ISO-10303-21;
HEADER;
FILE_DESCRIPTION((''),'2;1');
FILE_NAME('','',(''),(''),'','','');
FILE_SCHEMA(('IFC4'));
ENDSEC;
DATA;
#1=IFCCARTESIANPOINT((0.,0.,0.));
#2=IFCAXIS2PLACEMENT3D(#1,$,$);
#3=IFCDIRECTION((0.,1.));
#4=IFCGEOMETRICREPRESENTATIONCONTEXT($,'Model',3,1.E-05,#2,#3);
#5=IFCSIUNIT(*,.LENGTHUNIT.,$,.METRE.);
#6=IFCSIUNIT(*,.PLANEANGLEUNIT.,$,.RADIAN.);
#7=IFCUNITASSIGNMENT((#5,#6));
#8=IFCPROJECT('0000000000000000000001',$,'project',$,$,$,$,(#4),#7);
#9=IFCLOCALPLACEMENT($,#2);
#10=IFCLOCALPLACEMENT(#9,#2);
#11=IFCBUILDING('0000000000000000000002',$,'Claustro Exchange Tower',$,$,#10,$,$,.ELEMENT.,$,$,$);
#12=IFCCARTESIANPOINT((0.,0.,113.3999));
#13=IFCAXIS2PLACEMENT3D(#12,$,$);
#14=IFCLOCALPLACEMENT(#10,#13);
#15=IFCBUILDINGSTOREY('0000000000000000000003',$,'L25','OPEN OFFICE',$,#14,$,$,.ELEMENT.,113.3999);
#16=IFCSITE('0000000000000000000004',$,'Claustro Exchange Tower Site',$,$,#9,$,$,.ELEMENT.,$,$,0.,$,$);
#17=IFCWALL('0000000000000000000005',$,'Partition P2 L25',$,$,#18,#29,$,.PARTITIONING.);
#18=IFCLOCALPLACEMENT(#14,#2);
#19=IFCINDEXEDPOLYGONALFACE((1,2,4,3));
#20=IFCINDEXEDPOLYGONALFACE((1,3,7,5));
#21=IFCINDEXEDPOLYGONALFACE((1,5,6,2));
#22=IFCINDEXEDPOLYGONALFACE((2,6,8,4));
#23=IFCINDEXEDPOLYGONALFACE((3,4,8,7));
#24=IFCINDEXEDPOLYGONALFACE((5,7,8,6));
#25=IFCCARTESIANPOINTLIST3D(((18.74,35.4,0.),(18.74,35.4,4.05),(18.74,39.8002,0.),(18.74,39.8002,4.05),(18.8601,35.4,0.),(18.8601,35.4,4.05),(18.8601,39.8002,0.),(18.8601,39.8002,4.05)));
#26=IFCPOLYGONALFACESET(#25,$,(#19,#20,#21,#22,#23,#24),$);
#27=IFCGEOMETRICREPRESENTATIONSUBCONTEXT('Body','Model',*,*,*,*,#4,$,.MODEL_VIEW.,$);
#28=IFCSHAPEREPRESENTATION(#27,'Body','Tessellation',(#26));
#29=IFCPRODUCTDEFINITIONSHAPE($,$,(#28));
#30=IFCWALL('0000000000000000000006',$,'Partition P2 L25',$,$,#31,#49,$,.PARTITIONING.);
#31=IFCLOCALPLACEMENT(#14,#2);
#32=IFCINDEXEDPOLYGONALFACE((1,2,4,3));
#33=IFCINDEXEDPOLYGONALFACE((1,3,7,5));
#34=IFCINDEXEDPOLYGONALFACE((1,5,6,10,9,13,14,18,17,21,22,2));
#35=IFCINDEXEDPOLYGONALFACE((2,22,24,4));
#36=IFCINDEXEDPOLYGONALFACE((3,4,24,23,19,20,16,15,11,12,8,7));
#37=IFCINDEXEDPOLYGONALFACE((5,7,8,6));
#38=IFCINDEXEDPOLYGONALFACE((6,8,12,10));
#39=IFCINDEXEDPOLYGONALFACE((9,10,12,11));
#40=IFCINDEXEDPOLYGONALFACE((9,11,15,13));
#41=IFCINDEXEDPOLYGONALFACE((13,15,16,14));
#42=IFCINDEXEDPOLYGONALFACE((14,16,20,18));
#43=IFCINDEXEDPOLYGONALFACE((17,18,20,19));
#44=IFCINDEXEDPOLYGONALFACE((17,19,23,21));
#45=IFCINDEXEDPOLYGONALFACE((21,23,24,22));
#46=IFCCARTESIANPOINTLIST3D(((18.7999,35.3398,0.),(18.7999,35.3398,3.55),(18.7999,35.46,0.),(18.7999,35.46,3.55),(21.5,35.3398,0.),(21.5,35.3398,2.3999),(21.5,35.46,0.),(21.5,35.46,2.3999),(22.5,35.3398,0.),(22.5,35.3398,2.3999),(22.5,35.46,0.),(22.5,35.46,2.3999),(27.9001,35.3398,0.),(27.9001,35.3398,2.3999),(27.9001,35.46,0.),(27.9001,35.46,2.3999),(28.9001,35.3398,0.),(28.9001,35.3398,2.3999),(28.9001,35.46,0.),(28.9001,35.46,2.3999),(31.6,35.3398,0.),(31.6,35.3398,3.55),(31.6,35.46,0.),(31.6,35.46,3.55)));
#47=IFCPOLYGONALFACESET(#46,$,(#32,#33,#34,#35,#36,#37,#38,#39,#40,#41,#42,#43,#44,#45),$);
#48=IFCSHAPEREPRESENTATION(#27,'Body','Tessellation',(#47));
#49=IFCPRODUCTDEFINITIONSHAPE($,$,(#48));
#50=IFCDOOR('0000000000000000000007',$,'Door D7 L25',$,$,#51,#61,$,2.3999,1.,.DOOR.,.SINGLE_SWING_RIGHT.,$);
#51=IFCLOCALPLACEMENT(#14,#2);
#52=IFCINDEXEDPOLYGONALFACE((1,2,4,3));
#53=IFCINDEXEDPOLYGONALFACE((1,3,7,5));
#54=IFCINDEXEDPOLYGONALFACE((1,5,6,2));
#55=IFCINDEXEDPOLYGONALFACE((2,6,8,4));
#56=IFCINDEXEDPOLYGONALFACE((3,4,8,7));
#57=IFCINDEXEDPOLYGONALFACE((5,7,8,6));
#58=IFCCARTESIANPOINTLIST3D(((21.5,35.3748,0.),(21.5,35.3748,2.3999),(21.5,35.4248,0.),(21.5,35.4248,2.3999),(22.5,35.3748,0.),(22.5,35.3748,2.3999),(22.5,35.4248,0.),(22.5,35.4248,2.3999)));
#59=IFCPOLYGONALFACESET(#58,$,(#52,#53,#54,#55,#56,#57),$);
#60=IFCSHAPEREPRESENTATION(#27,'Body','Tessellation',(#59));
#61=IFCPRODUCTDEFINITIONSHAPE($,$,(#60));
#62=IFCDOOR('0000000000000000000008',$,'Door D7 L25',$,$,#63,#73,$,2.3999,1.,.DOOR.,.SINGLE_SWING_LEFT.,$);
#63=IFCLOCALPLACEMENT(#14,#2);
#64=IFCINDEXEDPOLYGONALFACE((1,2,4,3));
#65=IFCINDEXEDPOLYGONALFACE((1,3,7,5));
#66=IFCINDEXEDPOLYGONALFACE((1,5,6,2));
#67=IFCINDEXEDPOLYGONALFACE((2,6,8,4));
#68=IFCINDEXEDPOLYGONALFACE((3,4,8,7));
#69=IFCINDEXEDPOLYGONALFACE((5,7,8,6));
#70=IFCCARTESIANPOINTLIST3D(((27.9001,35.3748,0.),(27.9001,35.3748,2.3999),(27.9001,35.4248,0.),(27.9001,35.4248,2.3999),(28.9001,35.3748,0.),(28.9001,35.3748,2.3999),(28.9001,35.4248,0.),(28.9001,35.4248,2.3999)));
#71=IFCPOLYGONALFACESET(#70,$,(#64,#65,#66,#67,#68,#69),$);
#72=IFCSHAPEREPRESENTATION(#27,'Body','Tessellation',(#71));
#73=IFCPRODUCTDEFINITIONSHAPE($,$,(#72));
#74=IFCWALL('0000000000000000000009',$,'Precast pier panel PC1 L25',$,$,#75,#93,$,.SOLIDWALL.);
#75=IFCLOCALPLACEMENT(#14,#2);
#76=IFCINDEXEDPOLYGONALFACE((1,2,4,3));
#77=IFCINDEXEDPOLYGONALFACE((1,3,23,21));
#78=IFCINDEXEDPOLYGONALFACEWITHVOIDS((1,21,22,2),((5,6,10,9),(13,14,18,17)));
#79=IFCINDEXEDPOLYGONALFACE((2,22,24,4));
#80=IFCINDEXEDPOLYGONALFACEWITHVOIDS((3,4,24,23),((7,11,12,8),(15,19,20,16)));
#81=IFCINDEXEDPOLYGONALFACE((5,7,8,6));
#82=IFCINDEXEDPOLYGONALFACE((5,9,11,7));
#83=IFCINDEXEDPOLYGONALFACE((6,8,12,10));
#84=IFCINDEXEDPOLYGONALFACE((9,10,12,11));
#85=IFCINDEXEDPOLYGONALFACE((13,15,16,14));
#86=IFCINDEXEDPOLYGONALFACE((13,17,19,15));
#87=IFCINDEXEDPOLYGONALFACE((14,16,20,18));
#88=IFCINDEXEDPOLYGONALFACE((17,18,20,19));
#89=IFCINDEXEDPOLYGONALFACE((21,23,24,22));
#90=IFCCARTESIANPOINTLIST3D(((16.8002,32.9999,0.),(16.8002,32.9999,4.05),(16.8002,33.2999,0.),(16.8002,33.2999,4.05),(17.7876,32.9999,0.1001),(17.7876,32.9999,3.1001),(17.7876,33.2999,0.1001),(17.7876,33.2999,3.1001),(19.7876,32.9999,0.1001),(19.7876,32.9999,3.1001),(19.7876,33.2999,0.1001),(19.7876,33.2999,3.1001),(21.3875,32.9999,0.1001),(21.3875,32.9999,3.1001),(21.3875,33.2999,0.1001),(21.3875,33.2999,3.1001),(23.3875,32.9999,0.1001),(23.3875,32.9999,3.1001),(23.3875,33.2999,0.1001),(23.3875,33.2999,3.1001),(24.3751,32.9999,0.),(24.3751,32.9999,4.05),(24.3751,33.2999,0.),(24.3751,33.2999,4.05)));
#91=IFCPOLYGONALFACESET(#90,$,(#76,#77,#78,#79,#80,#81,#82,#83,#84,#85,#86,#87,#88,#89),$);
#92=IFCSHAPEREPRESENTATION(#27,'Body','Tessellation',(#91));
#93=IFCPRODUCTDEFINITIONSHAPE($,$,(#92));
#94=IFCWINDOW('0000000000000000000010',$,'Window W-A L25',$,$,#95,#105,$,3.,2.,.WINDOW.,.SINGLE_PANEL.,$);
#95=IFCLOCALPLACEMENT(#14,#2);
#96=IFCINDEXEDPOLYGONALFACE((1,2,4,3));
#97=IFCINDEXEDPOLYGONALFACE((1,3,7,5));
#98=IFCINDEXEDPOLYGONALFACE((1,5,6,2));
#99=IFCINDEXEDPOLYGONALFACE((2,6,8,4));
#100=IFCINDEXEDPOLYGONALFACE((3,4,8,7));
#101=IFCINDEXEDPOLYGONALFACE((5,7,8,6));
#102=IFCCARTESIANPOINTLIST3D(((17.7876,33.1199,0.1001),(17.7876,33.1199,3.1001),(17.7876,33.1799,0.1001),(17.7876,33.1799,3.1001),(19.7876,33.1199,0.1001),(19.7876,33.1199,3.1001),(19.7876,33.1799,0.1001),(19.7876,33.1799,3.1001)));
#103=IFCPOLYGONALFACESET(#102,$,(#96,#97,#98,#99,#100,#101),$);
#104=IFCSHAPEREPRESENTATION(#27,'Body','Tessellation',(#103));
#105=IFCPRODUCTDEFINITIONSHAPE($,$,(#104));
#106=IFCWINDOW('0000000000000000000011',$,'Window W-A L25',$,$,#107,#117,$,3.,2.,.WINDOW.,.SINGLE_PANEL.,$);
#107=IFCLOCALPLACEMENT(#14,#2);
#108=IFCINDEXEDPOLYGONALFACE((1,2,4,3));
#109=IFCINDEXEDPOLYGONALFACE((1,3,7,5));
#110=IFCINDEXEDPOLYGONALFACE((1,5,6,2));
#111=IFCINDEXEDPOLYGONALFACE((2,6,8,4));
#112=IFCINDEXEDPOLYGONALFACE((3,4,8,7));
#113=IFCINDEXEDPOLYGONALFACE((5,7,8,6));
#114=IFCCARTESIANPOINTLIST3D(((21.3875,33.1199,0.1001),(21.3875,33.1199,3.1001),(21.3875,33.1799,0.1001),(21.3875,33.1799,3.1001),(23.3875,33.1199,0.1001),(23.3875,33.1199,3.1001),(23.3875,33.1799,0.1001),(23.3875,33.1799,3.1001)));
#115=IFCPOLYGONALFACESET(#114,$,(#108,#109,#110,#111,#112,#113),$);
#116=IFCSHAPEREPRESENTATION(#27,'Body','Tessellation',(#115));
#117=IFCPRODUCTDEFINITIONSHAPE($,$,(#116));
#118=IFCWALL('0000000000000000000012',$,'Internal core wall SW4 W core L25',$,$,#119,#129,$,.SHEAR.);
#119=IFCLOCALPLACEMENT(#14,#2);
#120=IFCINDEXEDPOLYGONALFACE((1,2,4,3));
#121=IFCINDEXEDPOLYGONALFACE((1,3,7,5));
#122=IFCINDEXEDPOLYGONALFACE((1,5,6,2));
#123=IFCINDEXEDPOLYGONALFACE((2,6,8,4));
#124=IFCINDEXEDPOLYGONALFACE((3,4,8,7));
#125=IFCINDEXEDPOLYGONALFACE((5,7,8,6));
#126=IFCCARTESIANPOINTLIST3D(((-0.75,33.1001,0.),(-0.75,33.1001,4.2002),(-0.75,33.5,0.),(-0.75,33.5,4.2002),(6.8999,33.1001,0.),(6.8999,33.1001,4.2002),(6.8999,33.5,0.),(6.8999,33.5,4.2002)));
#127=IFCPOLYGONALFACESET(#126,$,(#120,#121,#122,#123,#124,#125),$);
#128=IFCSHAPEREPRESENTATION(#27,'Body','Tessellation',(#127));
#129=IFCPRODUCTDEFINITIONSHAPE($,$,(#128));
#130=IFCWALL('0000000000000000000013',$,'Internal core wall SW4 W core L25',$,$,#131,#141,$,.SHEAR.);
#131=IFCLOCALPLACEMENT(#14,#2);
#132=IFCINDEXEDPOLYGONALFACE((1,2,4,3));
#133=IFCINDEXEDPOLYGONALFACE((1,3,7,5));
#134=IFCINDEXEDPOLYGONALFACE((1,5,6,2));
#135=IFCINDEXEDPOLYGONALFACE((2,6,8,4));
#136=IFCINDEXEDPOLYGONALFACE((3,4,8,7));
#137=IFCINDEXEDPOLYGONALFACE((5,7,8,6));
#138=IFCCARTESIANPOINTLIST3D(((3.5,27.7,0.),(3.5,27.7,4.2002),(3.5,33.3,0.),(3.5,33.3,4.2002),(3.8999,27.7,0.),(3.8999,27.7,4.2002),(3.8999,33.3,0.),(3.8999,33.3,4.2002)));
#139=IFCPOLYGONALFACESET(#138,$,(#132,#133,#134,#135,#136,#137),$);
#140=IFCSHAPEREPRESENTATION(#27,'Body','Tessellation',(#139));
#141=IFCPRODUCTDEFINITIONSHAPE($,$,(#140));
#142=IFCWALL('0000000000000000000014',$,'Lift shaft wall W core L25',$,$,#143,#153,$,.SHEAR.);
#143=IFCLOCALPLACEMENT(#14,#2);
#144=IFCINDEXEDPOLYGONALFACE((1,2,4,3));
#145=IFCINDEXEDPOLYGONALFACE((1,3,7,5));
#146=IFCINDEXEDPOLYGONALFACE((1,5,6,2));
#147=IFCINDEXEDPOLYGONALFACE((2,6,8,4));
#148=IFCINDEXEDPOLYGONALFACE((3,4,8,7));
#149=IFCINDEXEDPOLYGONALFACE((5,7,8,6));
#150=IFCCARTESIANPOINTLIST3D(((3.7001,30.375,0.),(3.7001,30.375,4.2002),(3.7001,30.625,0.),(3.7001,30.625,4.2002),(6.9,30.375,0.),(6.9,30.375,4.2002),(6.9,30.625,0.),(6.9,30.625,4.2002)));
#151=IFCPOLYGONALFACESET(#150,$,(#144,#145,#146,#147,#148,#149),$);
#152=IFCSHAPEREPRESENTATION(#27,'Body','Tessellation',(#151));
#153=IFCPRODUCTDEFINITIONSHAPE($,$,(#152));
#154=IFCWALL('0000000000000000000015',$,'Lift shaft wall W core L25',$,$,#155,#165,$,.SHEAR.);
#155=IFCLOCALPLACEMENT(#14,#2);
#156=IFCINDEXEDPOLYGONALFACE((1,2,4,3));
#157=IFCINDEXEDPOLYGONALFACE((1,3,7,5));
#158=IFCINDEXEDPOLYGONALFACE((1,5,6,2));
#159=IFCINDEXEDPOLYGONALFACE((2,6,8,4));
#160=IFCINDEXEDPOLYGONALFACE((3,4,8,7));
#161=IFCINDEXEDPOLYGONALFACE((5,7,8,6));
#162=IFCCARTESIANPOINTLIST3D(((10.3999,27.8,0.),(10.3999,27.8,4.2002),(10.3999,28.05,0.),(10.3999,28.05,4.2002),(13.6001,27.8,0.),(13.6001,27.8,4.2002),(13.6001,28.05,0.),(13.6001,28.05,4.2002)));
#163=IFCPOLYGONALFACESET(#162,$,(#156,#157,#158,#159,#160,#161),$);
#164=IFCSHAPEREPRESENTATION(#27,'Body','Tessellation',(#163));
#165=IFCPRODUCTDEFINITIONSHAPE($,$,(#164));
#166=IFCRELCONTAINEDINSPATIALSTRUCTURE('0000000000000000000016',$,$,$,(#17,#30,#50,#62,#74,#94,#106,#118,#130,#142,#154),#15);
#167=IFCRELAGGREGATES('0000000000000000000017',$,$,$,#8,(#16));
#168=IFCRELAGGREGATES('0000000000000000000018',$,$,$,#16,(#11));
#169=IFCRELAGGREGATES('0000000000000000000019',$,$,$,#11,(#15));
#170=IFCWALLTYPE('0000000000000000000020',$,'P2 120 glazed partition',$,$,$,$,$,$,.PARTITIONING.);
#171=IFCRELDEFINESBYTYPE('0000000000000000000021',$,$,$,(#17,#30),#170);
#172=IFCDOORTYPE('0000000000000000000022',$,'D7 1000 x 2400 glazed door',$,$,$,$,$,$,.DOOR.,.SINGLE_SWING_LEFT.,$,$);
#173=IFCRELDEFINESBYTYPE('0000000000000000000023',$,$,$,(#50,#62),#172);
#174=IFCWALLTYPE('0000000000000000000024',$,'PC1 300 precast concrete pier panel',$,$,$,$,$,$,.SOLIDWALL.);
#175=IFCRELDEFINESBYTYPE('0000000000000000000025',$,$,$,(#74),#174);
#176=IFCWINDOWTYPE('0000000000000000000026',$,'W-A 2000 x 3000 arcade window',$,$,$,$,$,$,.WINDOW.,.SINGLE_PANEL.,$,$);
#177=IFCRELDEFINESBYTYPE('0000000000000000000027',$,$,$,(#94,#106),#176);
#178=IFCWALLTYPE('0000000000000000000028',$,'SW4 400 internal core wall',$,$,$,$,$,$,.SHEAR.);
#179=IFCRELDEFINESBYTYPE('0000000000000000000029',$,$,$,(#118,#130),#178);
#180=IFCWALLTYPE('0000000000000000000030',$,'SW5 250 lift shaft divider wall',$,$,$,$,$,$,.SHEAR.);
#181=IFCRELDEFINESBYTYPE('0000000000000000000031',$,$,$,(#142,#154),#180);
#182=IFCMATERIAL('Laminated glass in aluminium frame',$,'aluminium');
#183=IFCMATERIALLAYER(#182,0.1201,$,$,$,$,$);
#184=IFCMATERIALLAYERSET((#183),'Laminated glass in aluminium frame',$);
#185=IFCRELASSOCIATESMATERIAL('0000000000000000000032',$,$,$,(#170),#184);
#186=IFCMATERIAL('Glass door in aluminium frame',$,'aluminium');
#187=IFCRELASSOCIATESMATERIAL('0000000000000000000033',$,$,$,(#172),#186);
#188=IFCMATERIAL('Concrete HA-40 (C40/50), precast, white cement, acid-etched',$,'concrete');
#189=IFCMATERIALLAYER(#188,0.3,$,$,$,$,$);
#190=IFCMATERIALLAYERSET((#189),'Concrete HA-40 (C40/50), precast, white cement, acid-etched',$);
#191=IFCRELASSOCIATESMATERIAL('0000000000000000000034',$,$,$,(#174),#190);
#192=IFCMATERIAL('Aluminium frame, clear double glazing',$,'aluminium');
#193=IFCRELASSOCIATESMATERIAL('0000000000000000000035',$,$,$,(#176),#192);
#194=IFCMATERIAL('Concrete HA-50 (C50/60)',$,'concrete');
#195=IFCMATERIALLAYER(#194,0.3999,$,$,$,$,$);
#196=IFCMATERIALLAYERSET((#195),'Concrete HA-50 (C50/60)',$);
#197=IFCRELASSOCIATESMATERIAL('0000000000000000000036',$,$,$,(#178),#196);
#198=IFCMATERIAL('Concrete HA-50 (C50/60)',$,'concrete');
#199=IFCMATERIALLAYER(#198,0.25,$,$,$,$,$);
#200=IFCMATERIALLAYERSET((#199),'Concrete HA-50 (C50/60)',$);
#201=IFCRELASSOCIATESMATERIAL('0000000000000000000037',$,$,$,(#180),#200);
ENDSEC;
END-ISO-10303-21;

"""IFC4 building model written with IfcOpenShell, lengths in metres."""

from ifc_helpers import new_model, si_unit, direction, frame, frame_2d, origin, place, context, subcontext, project, spatial, rectangle, extrude, material, layer, layer_set, type_object, element, fill, save


model = new_model("IFC4")

# Units and contexts
model_context = context("Model", 3, precision=1e-05, world=origin(), true_north=direction((0.0, 1.0)))
body_context = subcontext(model_context, "Body", "Model", "MODEL_VIEW")
ifc_project = project(units=[si_unit("LENGTHUNIT", "METRE"), si_unit("PLANEANGLEUNIT", "RADIAN")], contexts=[model_context])

# Site, building, storey
site_placement = place(None, origin())
site = spatial("IfcSite", under=ifc_project, at=site_placement, Name="Claustro Exchange Tower Site", CompositionType="ELEMENT", RefElevation=0.0)
building_placement = place(site_placement, origin())
building = spatial("IfcBuilding", under=site, at=building_placement, Name="Claustro Exchange Tower", CompositionType="ELEMENT")
storey_placement = place(building_placement, frame((0.0, 0.0, 113.3999)))
storey = spatial("IfcBuildingStorey", under=building, at=storey_placement, Name="L25", Description="OPEN OFFICE", CompositionType="ELEMENT", Elevation=113.3999)

# Wall
ifc_material_1 = material(Name="Laminated glass in aluminium frame", Category="aluminium")
ifc_layer_1 = layer(ifc_material_1, 0.1201)
ifc_layer_set_1 = layer_set([ifc_layer_1], Name="Laminated glass in aluminium frame")
wall_type_1 = type_object("IfcWallType", Name="P2 120 glazed partition", PredefinedType="PARTITIONING", material=ifc_layer_set_1)
wall_1_placement = place(storey_placement, frame((18.8, 35.3999, 0.0), z_axis=(0.0, 0.0, 1.0), x_axis=(0.0, 1.0, 0.0)))
element("IfcWall", 1, at=wall_1_placement, inside=storey, type_object=wall_type_1, Name="Partition P2 L25", PredefinedType="PARTITIONING", context=body_context, shape_type="SweptSolid", body=[
    extrude(rectangle(XDim=4.4001, YDim=0.1201, at=frame_2d((2.2002, 0.0))), origin(), (0.0, 0.0, 1.0), 4.05),
])

# Wall, openings, doors
wall_2_placement = place(storey_placement, frame((18.8, 35.3999, 0.0), z_axis=(0.0, 0.0, 1.0), x_axis=(1.0, 0.0, 0.0)))
wall_2 = element("IfcWall", 2, at=wall_2_placement, inside=storey, type_object=wall_type_1, Name="Partition P2 L25", PredefinedType="PARTITIONING", context=body_context, shape_type="SweptSolid", body=[
    extrude(rectangle(XDim=12.8, YDim=0.1201, at=frame_2d((6.3999, 0.0))), origin(), (0.0, 0.0, 1.0), 3.55),
])
opening_1_placement = place(wall_2_placement, frame((2.7, 0.0, 0.0)))
opening_1 = element("IfcOpeningElement", 3, at=opening_1_placement, cuts=wall_2, PredefinedType="OPENING", context=body_context, shape_type="SweptSolid", body=[
    extrude(rectangle(XDim=1.0, YDim=2.3999, at=frame_2d((0.5, 1.2))), frame((0.0, 0.0701, 0.0), z_axis=(0.0, -1.0, 0.0), x_axis=(1.0, 0.0, 0.0)), (0.0, 0.0, 1.0), 0.1401),
])
opening_2_placement = place(wall_2_placement, frame((9.1001, 0.0, 0.0)))
opening_2 = element("IfcOpeningElement", 4, at=opening_2_placement, cuts=wall_2, PredefinedType="OPENING", context=body_context, shape_type="SweptSolid", body=[
    extrude(rectangle(XDim=1.0, YDim=2.3999, at=frame_2d((0.5, 1.2))), frame((0.0, 0.0701, 0.0), z_axis=(0.0, -1.0, 0.0), x_axis=(1.0, 0.0, 0.0)), (0.0, 0.0, 1.0), 0.1401),
])
ifc_material_2 = material(Name="Glass door in aluminium frame", Category="aluminium")
door_type_1 = type_object("IfcDoorType", Name="D7 1000 x 2400 glazed door", OperationType="SINGLE_SWING_LEFT", PredefinedType="DOOR", material=ifc_material_2)
door_1_placement = place(opening_1_placement, origin())
door_1 = element("IfcDoor", 5, at=door_1_placement, inside=storey, type_object=door_type_1, Name="Door D7 L25", OperationType="SINGLE_SWING_RIGHT", OverallHeight=2.3999, OverallWidth=1.0, PredefinedType="DOOR", context=body_context, shape_type="SweptSolid", body=[
    extrude(rectangle(XDim=1.0, YDim=2.3999, at=frame_2d((0.5, 1.2))), frame((0.0, 0.0249, 0.0), z_axis=(0.0, -1.0, 0.0), x_axis=(1.0, 0.0, 0.0)), (0.0, 0.0, 1.0), 0.05),
])
fill(opening_1, door_1)
door_2_placement = place(opening_2_placement, origin())
door_2 = element("IfcDoor", 6, at=door_2_placement, inside=storey, type_object=door_type_1, Name="Door D7 L25", OperationType="SINGLE_SWING_LEFT", OverallHeight=2.3999, OverallWidth=1.0, PredefinedType="DOOR", context=body_context, shape_type="SweptSolid", body=[
    extrude(rectangle(XDim=1.0, YDim=2.3999, at=frame_2d((0.5, 1.2))), frame((0.0, 0.0249, 0.0), z_axis=(0.0, -1.0, 0.0), x_axis=(1.0, 0.0, 0.0)), (0.0, 0.0, 1.0), 0.05),
])
fill(opening_2, door_2)

# Wall, openings, windows
ifc_material_3 = material(Name="Concrete HA-40 (C40/50), precast, white cement, acid-etched", Category="concrete")
ifc_layer_2 = layer(ifc_material_3, 0.3)
ifc_layer_set_2 = layer_set([ifc_layer_2], Name="Concrete HA-40 (C40/50), precast, white cement, acid-etched")
wall_type_2 = type_object("IfcWallType", Name="PC1 300 precast concrete pier panel", PredefinedType="SOLIDWALL", material=ifc_layer_set_2)
wall_3_placement = place(storey_placement, frame((16.8, 33.1499, 0.0), z_axis=(0.0, 0.0, 1.0), x_axis=(1.0, 0.0, 0.0)))
wall_3 = element("IfcWall", 7, at=wall_3_placement, inside=storey, type_object=wall_type_2, Name="Precast pier panel PC1 L25", PredefinedType="SOLIDWALL", context=body_context, shape_type="SweptSolid", body=[
    extrude(rectangle(XDim=7.575, YDim=0.3, at=frame_2d((3.7876, 0.0))), origin(), (0.0, 0.0, 1.0), 4.05),
])
opening_3_placement = place(wall_3_placement, frame((0.9875, 0.0, 0.1001)))
opening_3 = element("IfcOpeningElement", 8, at=opening_3_placement, cuts=wall_3, PredefinedType="OPENING", context=body_context, shape_type="SweptSolid", body=[
    extrude(rectangle(XDim=2.0, YDim=3.0, at=frame_2d((1.0, 1.5))), frame((0.0, 0.1599, 0.0), z_axis=(0.0, -1.0, 0.0), x_axis=(1.0, 0.0, 0.0)), (0.0, 0.0, 1.0), 0.3201),
])
opening_4_placement = place(wall_3_placement, frame((4.5874, 0.0, 0.1001)))
opening_4 = element("IfcOpeningElement", 9, at=opening_4_placement, cuts=wall_3, PredefinedType="OPENING", context=body_context, shape_type="SweptSolid", body=[
    extrude(rectangle(XDim=2.0, YDim=3.0, at=frame_2d((1.0, 1.5))), frame((0.0, 0.1599, 0.0), z_axis=(0.0, -1.0, 0.0), x_axis=(1.0, 0.0, 0.0)), (0.0, 0.0, 1.0), 0.3201),
])
ifc_material_4 = material(Name="Aluminium frame, clear double glazing", Category="aluminium")
window_type = type_object("IfcWindowType", Name="W-A 2000 x 3000 arcade window", PartitioningType="SINGLE_PANEL", PredefinedType="WINDOW", material=ifc_material_4)
window_1_placement = place(opening_3_placement, origin())
window_1 = element("IfcWindow", 10, at=window_1_placement, inside=storey, type_object=window_type, Name="Window W-A L25", OverallHeight=3.0, OverallWidth=2.0, PartitioningType="SINGLE_PANEL", PredefinedType="WINDOW", context=body_context, shape_type="SweptSolid", body=[
    extrude(rectangle(XDim=2.0, YDim=3.0, at=frame_2d((1.0, 1.5))), frame((0.0, 0.03, 0.0), z_axis=(0.0, -1.0, 0.0), x_axis=(1.0, 0.0, 0.0)), (0.0, 0.0, 1.0), 0.0601),
])
fill(opening_3, window_1)
window_2_placement = place(opening_4_placement, origin())
window_2 = element("IfcWindow", 11, at=window_2_placement, inside=storey, type_object=window_type, Name="Window W-A L25", OverallHeight=3.0, OverallWidth=2.0, PartitioningType="SINGLE_PANEL", PredefinedType="WINDOW", context=body_context, shape_type="SweptSolid", body=[
    extrude(rectangle(XDim=2.0, YDim=3.0, at=frame_2d((1.0, 1.5))), frame((0.0, 0.03, 0.0), z_axis=(0.0, -1.0, 0.0), x_axis=(1.0, 0.0, 0.0)), (0.0, 0.0, 1.0), 0.0601),
])
fill(opening_4, window_2)

# Walls
ifc_material_5 = material(Name="Concrete HA-50 (C50/60)", Category="concrete")
ifc_layer_3 = layer(ifc_material_5, 0.3999)
ifc_layer_set_3 = layer_set([ifc_layer_3], Name="Concrete HA-50 (C50/60)")
wall_type_3 = type_object("IfcWallType", Name="SW4 400 internal core wall", PredefinedType="SHEAR", material=ifc_layer_set_3)
wall_4_placement = place(storey_placement, frame((-0.75, 33.3, 0.0), z_axis=(0.0, 0.0, 1.0), x_axis=(1.0, 0.0, 0.0)))
element("IfcWall", 12, at=wall_4_placement, inside=storey, type_object=wall_type_3, Name="Internal core wall SW4 W core L25", PredefinedType="SHEAR", context=body_context, shape_type="SweptSolid", body=[
    extrude(rectangle(XDim=7.6499, YDim=0.3999, at=frame_2d((3.825, 0.0))), origin(), (0.0, 0.0, 1.0), 4.2002),
])
wall_5_placement = place(storey_placement, frame((3.7, 27.7, 0.0), z_axis=(0.0, 0.0, 1.0), x_axis=(0.0, 1.0, 0.0)))
element("IfcWall", 13, at=wall_5_placement, inside=storey, type_object=wall_type_3, Name="Internal core wall SW4 W core L25", PredefinedType="SHEAR", context=body_context, shape_type="SweptSolid", body=[
    extrude(rectangle(XDim=5.6001, YDim=0.3999, at=frame_2d((2.8, 0.0))), origin(), (0.0, 0.0, 1.0), 4.2002),
])
ifc_material_6 = material(Name="Concrete HA-50 (C50/60)", Category="concrete")
ifc_layer_4 = layer(ifc_material_6, 0.25)
ifc_layer_set_4 = layer_set([ifc_layer_4], Name="Concrete HA-50 (C50/60)")
wall_type_4 = type_object("IfcWallType", Name="SW5 250 lift shaft divider wall", PredefinedType="SHEAR", material=ifc_layer_set_4)
wall_6_placement = place(storey_placement, frame((3.7, 30.5, 0.0), z_axis=(0.0, 0.0, 1.0), x_axis=(1.0, 0.0, 0.0)))
element("IfcWall", 14, at=wall_6_placement, inside=storey, type_object=wall_type_4, Name="Lift shaft wall W core L25", PredefinedType="SHEAR", context=body_context, shape_type="SweptSolid", body=[
    extrude(rectangle(XDim=3.2, YDim=0.25, at=frame_2d((1.6001, 0.0))), origin(), (0.0, 0.0, 1.0), 4.2002),
])
for number, where, z_axis, x_axis, name in (
    (15, (10.3999, 27.925, 0.0), (0.0, 0.0, 1.0), (1.0, 0.0, 0.0), "Lift shaft wall W core L25"),
):
    element("IfcWall", number, at=place(storey_placement, frame(where, z_axis=z_axis, x_axis=x_axis)), inside=storey, type_object=wall_type_4, Name=name, PredefinedType="SHEAR", context=body_context, shape_type="SweptSolid", body=[
        extrude(rectangle(XDim=3.2002, YDim=0.25, at=frame_2d((1.6001, 0.0))), origin(), (0.0, 0.0, 1.0), 4.2002),
    ])

save(model, "model.ifc")
